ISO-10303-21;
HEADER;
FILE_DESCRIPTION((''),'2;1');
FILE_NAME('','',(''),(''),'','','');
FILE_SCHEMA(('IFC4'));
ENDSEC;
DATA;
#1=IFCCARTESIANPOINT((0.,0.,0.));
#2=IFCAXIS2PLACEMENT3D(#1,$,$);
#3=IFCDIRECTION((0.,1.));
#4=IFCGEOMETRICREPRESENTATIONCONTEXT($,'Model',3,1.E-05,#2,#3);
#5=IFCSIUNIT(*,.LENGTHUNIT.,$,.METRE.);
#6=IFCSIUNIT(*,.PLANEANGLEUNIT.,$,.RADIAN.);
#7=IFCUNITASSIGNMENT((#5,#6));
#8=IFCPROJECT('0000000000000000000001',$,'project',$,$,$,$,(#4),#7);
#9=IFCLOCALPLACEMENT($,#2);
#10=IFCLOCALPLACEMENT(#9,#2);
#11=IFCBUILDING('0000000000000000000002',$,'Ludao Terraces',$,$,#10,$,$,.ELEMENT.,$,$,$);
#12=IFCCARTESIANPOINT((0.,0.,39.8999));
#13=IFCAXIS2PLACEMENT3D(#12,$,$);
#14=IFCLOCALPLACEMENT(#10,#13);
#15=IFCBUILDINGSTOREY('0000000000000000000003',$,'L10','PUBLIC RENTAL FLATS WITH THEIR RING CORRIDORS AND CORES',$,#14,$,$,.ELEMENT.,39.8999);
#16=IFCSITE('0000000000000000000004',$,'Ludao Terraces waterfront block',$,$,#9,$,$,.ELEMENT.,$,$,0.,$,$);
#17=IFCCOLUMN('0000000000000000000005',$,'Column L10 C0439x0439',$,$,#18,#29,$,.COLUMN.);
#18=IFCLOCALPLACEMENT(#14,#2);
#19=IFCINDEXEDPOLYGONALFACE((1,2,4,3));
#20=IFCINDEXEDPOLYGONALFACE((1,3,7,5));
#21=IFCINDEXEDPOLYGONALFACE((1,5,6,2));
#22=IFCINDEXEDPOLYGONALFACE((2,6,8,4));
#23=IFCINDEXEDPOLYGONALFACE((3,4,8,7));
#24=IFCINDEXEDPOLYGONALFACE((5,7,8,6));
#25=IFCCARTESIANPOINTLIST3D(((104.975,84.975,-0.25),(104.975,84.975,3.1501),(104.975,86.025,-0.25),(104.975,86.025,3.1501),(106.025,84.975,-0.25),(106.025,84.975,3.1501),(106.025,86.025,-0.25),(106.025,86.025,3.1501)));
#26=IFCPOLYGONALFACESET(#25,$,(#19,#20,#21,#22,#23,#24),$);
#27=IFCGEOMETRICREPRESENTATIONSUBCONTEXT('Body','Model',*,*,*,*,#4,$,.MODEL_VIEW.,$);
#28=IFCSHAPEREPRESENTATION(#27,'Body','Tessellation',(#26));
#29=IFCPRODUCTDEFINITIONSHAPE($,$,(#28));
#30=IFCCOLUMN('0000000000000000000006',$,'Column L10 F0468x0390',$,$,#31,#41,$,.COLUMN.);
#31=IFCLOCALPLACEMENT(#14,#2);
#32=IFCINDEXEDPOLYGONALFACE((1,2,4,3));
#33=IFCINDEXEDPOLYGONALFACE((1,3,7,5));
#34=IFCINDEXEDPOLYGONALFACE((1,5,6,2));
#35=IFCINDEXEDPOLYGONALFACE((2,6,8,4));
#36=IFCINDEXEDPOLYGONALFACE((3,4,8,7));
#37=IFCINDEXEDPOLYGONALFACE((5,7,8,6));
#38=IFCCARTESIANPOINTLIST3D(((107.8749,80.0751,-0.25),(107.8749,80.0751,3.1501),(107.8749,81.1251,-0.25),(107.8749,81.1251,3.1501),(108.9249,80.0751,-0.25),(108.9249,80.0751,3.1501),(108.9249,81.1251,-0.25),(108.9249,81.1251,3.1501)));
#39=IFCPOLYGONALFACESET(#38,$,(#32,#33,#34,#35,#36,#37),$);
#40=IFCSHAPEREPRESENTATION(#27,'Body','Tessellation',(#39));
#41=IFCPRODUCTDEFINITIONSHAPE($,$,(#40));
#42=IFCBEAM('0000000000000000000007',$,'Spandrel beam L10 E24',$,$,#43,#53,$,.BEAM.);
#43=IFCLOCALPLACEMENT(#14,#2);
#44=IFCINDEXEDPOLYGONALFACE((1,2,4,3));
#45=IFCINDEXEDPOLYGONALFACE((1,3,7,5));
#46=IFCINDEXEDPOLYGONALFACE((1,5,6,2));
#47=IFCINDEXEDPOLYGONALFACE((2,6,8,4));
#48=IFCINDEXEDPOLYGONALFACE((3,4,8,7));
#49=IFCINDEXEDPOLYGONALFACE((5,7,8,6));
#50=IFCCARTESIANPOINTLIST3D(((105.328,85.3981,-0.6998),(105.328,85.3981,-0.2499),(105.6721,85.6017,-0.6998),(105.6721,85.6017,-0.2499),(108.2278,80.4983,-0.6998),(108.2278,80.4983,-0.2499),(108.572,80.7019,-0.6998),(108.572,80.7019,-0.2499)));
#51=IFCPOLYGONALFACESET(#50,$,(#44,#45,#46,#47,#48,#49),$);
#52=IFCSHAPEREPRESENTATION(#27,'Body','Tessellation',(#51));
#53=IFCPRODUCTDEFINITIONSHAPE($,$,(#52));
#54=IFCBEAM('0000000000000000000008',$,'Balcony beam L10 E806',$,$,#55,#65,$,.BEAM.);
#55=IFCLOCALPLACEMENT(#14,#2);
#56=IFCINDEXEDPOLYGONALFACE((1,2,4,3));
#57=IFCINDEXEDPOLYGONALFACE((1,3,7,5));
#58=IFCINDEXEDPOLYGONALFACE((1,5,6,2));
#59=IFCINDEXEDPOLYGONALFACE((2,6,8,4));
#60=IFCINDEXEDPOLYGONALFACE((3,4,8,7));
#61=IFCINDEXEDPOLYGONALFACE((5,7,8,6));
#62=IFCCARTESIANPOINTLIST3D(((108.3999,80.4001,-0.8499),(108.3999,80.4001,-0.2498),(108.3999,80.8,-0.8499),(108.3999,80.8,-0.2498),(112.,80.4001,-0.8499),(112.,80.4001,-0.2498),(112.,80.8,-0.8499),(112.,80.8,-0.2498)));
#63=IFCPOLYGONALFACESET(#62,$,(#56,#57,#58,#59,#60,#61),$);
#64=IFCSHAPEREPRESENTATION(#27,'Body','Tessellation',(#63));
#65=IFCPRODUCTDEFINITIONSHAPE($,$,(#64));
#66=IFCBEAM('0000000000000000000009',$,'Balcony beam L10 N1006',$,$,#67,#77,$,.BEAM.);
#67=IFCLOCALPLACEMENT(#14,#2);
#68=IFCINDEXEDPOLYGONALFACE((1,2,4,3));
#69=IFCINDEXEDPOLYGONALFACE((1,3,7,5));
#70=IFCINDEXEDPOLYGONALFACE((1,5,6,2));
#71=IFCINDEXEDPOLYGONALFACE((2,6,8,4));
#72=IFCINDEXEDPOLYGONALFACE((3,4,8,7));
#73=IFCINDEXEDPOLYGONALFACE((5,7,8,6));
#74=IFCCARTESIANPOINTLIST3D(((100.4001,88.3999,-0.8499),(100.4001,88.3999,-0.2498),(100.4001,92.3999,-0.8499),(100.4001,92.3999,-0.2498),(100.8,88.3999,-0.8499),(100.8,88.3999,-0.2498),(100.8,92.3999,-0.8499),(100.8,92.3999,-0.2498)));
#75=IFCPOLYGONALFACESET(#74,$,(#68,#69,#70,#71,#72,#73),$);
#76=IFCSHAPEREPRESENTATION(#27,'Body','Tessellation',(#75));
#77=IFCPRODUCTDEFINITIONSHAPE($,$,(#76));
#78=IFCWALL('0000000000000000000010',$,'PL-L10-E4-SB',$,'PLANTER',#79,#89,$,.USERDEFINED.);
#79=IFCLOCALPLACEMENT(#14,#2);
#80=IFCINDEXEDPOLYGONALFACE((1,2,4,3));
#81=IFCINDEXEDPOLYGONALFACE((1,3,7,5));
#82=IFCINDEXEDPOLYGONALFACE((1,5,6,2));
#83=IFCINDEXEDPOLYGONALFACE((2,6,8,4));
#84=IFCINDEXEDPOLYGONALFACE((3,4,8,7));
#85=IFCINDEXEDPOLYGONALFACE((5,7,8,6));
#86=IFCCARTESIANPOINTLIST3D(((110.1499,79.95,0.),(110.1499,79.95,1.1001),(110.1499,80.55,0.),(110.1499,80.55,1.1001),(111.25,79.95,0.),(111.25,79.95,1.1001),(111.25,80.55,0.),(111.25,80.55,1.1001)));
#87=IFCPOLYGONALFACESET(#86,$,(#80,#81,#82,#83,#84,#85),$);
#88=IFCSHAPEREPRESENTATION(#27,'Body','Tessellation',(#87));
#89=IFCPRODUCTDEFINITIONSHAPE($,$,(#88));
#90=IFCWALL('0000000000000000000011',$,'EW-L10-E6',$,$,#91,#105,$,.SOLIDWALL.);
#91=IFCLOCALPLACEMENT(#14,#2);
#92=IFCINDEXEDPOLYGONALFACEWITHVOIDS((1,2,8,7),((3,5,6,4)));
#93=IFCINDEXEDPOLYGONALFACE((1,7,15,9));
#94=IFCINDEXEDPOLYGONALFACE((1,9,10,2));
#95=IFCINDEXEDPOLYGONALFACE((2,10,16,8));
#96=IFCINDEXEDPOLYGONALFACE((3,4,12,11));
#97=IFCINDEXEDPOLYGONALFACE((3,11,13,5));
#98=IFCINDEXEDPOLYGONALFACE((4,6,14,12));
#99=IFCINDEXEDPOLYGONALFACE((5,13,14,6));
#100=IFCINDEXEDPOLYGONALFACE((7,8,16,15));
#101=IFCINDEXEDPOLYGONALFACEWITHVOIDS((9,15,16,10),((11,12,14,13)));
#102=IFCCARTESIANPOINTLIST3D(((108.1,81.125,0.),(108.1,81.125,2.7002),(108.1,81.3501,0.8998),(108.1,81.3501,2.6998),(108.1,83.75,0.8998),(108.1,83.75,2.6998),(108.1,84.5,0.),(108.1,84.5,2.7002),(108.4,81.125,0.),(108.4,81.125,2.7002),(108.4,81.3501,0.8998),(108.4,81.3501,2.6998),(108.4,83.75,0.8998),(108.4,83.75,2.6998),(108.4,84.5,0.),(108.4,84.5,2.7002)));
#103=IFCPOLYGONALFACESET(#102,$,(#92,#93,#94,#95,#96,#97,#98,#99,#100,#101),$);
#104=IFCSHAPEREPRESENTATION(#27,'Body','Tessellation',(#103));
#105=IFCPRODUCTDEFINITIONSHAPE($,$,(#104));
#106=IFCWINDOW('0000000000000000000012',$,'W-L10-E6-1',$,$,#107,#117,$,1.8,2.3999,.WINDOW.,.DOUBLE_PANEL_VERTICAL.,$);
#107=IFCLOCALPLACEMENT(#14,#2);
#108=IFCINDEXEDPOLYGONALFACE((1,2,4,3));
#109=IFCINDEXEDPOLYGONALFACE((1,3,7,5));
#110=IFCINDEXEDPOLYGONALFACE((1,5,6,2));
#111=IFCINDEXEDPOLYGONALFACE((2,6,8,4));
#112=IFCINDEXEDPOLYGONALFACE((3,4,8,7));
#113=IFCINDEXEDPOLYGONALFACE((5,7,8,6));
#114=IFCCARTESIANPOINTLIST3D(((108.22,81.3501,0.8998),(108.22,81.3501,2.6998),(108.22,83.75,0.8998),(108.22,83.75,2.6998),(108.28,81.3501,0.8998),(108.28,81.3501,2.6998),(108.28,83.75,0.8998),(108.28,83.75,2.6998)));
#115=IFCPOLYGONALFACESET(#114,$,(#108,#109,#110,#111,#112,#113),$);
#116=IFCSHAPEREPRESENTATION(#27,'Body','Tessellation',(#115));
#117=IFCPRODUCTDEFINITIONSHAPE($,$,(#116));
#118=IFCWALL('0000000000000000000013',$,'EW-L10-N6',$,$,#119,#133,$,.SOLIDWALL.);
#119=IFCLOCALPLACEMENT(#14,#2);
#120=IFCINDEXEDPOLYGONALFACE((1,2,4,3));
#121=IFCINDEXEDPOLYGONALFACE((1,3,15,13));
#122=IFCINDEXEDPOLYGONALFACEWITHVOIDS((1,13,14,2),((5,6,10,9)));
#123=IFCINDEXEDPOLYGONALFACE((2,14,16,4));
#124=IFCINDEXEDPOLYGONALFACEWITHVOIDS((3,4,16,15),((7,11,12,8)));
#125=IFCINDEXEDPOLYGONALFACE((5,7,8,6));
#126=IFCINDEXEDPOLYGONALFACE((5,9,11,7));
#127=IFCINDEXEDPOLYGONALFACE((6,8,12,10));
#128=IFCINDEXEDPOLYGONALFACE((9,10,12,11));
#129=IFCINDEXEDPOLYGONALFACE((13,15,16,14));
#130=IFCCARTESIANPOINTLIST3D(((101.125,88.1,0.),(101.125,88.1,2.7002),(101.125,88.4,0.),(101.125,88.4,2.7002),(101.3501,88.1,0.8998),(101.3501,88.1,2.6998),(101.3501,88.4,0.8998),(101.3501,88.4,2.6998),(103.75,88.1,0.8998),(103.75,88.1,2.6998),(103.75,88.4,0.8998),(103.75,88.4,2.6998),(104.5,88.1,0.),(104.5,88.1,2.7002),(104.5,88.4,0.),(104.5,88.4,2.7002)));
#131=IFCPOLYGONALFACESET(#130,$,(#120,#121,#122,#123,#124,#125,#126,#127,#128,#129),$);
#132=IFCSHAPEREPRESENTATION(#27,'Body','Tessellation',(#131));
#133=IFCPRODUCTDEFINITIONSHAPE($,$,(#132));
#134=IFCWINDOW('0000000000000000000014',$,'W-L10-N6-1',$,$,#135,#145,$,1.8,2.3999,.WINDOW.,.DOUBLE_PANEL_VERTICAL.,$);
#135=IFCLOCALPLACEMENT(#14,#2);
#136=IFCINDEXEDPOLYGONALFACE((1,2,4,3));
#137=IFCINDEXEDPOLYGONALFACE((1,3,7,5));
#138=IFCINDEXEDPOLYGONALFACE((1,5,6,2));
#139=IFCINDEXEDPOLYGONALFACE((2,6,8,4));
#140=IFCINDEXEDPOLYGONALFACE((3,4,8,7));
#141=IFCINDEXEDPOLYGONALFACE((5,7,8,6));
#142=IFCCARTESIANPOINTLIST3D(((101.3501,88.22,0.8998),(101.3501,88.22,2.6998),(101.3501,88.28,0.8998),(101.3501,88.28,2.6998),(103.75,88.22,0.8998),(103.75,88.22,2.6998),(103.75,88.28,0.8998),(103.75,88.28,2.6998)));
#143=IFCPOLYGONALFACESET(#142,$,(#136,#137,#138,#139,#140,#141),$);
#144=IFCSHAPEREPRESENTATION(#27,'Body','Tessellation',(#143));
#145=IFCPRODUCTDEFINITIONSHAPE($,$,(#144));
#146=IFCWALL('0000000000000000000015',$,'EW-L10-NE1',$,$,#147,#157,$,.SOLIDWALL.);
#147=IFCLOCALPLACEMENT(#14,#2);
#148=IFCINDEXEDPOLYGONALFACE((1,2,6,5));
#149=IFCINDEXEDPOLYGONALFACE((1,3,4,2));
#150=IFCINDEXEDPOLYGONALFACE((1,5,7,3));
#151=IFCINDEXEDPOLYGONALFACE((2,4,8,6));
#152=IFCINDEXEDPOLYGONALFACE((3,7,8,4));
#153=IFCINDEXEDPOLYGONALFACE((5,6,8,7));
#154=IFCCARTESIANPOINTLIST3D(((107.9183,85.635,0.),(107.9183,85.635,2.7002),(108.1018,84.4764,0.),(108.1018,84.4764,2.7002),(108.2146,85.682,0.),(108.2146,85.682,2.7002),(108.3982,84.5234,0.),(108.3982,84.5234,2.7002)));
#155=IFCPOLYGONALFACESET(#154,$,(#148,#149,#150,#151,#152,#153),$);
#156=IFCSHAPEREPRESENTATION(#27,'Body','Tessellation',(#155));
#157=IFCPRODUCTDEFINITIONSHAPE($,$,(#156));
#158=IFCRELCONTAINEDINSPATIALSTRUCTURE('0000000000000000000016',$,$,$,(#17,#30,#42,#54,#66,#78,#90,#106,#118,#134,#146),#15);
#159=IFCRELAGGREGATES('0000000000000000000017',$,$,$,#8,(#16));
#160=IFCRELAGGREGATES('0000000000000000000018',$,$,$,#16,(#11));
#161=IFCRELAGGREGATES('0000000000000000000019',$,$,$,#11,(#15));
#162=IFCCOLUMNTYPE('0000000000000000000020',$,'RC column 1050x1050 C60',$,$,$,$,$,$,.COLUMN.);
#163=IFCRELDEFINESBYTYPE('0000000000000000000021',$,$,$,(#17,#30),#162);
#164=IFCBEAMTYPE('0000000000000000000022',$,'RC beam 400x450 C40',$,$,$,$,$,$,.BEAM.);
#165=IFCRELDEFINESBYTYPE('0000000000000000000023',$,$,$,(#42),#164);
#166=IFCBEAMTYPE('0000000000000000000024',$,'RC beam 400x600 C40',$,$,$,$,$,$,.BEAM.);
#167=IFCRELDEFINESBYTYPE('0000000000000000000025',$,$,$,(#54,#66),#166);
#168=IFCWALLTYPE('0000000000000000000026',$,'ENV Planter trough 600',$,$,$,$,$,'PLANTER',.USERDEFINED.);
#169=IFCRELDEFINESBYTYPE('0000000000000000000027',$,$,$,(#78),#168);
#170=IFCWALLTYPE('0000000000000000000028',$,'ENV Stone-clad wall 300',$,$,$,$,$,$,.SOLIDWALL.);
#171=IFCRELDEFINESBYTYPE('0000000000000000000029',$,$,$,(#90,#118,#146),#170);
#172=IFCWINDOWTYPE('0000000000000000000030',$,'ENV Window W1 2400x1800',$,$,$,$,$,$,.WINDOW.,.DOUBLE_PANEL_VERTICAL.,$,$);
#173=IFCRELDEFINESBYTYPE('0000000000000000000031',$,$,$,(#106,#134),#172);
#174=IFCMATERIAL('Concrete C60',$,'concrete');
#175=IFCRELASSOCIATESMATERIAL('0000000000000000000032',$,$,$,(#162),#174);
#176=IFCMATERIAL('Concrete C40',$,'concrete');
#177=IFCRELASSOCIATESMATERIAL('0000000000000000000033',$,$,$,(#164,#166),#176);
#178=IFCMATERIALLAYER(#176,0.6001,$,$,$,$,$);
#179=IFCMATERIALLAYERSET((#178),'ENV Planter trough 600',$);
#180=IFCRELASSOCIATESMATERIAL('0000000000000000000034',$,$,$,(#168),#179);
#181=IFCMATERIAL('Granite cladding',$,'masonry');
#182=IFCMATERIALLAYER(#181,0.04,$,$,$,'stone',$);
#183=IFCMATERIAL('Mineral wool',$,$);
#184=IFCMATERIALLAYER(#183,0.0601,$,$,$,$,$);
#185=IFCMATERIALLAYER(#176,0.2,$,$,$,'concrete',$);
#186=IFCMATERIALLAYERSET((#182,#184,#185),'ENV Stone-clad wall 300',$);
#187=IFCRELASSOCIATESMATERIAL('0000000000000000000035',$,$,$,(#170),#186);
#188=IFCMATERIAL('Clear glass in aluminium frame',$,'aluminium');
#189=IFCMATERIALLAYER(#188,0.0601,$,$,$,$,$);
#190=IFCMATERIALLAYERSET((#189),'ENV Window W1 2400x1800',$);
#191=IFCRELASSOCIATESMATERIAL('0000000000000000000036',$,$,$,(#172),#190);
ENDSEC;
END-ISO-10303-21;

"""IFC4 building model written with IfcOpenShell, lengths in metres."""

from ifc_helpers import new_model, si_unit, direction, frame, frame_2d, origin, origin_2d, place, context, subcontext, project, spatial, rectangle, extrude, material, layer, layer_set, material_profile, profile_set, type_object, element, fill, save


model = new_model("IFC4")

# Units and contexts
model_context = context("Model", 3, precision=1e-05, world=origin(), true_north=direction((0.0, 1.0)))
body_context = subcontext(model_context, "Body", "Model", "MODEL_VIEW")
ifc_project = project(units=[si_unit("LENGTHUNIT", "METRE"), si_unit("PLANEANGLEUNIT", "RADIAN")], contexts=[model_context])

# Site, building, storey
site_placement = place(None, origin())
site = spatial("IfcSite", under=ifc_project, at=site_placement, Name="Ludao Terraces waterfront block", CompositionType="ELEMENT", RefElevation=0.0)
building_placement = place(site_placement, origin())
building = spatial("IfcBuilding", under=site, at=building_placement, Name="Ludao Terraces", CompositionType="ELEMENT")
storey_placement = place(building_placement, frame((0.0, 0.0, 39.8999)))
storey = spatial("IfcBuildingStorey", under=building, at=storey_placement, Name="L10", Description="PUBLIC RENTAL FLATS WITH THEIR RING CORRIDORS AND CORES", CompositionType="ELEMENT", Elevation=39.8999)

# Columns
ifc_material_1 = material(Name="Concrete C60", Category="concrete")
ifc_material_profile_1 = material_profile(ifc_material_1, rectangle(XDim=1.05, YDim=1.05, at=origin_2d()), Name="1050 X 1050")
ifc_profile_set_1 = profile_set([ifc_material_profile_1], Name="Concrete C60")
column_type = type_object("IfcColumnType", Name="RC column 1050x1050 C60", PredefinedType="COLUMN", material=ifc_profile_set_1)
for number, where, z_axis, x_axis, name in (
    (1, (105.5, 85.5, -0.25), (0.0, 0.0, 1.0), (1.0, 0.0, 0.0), "Column L10 C0439x0439"),
    (2, (108.3999, 80.6001, -0.25), (0.0, 0.0, 1.0), (1.0, 0.0, 0.0), "Column L10 F0468x0390"),
):
    element("IfcColumn", number, at=place(storey_placement, frame(where, z_axis=z_axis, x_axis=x_axis)), inside=storey, type_object=column_type, Name=name, PredefinedType="COLUMN", context=body_context, shape_type="SweptSolid", body=[
        extrude(rectangle(XDim=1.05, YDim=1.05, at=origin_2d()), origin(), (0.0, 0.0, 1.0), 3.4001),
    ])

# Beams
ifc_material_2 = material(Name="Concrete C40", Category="concrete")
ifc_material_profile_2 = material_profile(ifc_material_2, rectangle(XDim=0.3999, YDim=0.45, at=origin_2d()), Name="400 X 450")
ifc_profile_set_2 = profile_set([ifc_material_profile_2], Name="Concrete C40")
beam_type_1 = type_object("IfcBeamType", Name="RC beam 400x450 C40", PredefinedType="BEAM", material=ifc_profile_set_2)
beam_1_placement = place(storey_placement, frame((108.3999, 80.6001, -0.4749), z_axis=(-0.509316, 0.86058, 0.0), x_axis=(-0.86058, -0.509316, 0.0)))
element("IfcBeam", 3, at=beam_1_placement, inside=storey, type_object=beam_type_1, Name="Spandrel beam L10 E24", PredefinedType="BEAM", context=body_context, shape_type="SweptSolid", body=[
    extrude(rectangle(XDim=0.3999, YDim=0.45, at=origin_2d()), origin(), (0.0, 0.0, 1.0), 5.6936),
])
ifc_material_profile_3 = material_profile(ifc_material_2, rectangle(XDim=0.3999, YDim=0.6001, at=origin_2d()), Name="400 X 600")
ifc_profile_set_3 = profile_set([ifc_material_profile_3], Name="Concrete C40")
beam_type_2 = type_object("IfcBeamType", Name="RC beam 400x600 C40", PredefinedType="BEAM", material=ifc_profile_set_3)
beam_2_placement = place(storey_placement, frame((108.3999, 80.6001, -0.5498), z_axis=(1.0, 0.0, 0.0), x_axis=(0.0, 1.0, 0.0)))
element("IfcBeam", 4, at=beam_2_placement, inside=storey, type_object=beam_type_2, Name="Balcony beam L10 E806", PredefinedType="BEAM", context=body_context, shape_type="SweptSolid", body=[
    extrude(rectangle(XDim=0.3999, YDim=0.6001, at=origin_2d()), origin(), (0.0, 0.0, 1.0), 3.6001),
])
beam_3_placement = place(storey_placement, frame((100.6001, 88.3999, -0.5498), z_axis=(0.0, 1.0, 0.0), x_axis=(-1.0, 0.0, 0.0)))
element("IfcBeam", 5, at=beam_3_placement, inside=storey, type_object=beam_type_2, Name="Balcony beam L10 N1006", PredefinedType="BEAM", context=body_context, shape_type="SweptSolid", body=[
    extrude(rectangle(XDim=0.3999, YDim=0.6001, at=origin_2d()), origin(), (0.0, 0.0, 1.0), 4.0),
])

# Wall
ifc_layer_1 = layer(ifc_material_2, 0.6001)
ifc_layer_set_1 = layer_set([ifc_layer_1], Name="ENV Planter trough 600")
wall_type_1 = type_object("IfcWallType", Name="ENV Planter trough 600", ElementType="PLANTER", PredefinedType="USERDEFINED", material=ifc_layer_set_1)
wall_1_placement = place(storey_placement, frame((111.25, 80.25, 0.0), z_axis=(0.0, 0.0, 1.0), x_axis=(-1.0, 0.0, 0.0)))
element("IfcWall", 6, at=wall_1_placement, inside=storey, type_object=wall_type_1, Name="PL-L10-E4-SB", ObjectType="PLANTER", PredefinedType="USERDEFINED", context=body_context, shape_type="SweptSolid", body=[
    extrude(rectangle(XDim=1.1001, YDim=0.6001, at=frame_2d((0.55, 0.0))), origin(), (0.0, 0.0, 1.0), 1.1001),
])

# Walls, openings, windows
ifc_material_3 = material(Name="Granite cladding", Category="masonry")
ifc_layer_2 = layer(ifc_material_3, 0.04, Category="stone")
ifc_material_4 = material(Name="Mineral wool")
ifc_layer_3 = layer(ifc_material_4, 0.0601)
ifc_layer_4 = layer(ifc_material_2, 0.2, Category="concrete")
ifc_layer_set_2 = layer_set([ifc_layer_2, ifc_layer_3, ifc_layer_4], Name="ENV Stone-clad wall 300")
wall_type_2 = type_object("IfcWallType", Name="ENV Stone-clad wall 300", PredefinedType="SOLIDWALL", material=ifc_layer_set_2)
wall_2_placement = place(storey_placement, frame((108.25, 81.125, 0.0), z_axis=(0.0, 0.0, 1.0), x_axis=(0.0, 1.0, 0.0)))
wall_2 = element("IfcWall", 7, at=wall_2_placement, inside=storey, type_object=wall_type_2, Name="EW-L10-E6", PredefinedType="SOLIDWALL", context=body_context, shape_type="SweptSolid", body=[
    extrude(rectangle(XDim=3.375, YDim=0.3, at=frame_2d((1.6875, 0.0))), origin(), (0.0, 0.0, 1.0), 2.7002),
])
opening_1_placement = place(wall_2_placement, frame((0.2251, 0.0, 0.8999)))
opening_1 = element("IfcOpeningElement", 8, at=opening_1_placement, cuts=wall_2, PredefinedType="OPENING", context=body_context, shape_type="SweptSolid", body=[
    extrude(rectangle(XDim=2.3999, YDim=1.8, at=frame_2d((1.2, 0.8999))), frame((0.0, 0.1602, 0.0), z_axis=(0.0, -1.0, 0.0), x_axis=(1.0, 0.0, 0.0)), (0.0, 0.0, 1.0), 0.3201),
])
ifc_material_5 = material(Name="Clear glass in aluminium frame", Category="aluminium")
ifc_layer_5 = layer(ifc_material_5, 0.0601)
ifc_layer_set_3 = layer_set([ifc_layer_5], Name="ENV Window W1 2400x1800")
window_type_1 = type_object("IfcWindowType", Name="ENV Window W1 2400x1800", PartitioningType="DOUBLE_PANEL_VERTICAL", PredefinedType="WINDOW", material=ifc_layer_set_3)
window_1_placement = place(opening_1_placement, origin())
window_1 = element("IfcWindow", 9, at=window_1_placement, inside=storey, type_object=window_type_1, Name="W-L10-E6-1", OverallHeight=1.8, OverallWidth=2.3999, PartitioningType="DOUBLE_PANEL_VERTICAL", PredefinedType="WINDOW", context=body_context, shape_type="SweptSolid", body=[
    extrude(rectangle(XDim=2.3999, YDim=1.8, at=frame_2d((1.2, 0.8999))), frame((0.0, 0.03, 0.0), z_axis=(0.0, -1.0, 0.0), x_axis=(1.0, 0.0, 0.0)), (0.0, 0.0, 1.0), 0.0601),
])
fill(opening_1, window_1)
wall_3_placement = place(storey_placement, frame((101.125, 88.25, 0.0), z_axis=(0.0, 0.0, 1.0), x_axis=(1.0, 0.0, 0.0)))
wall_3 = element("IfcWall", 10, at=wall_3_placement, inside=storey, type_object=wall_type_2, Name="EW-L10-N6", PredefinedType="SOLIDWALL", context=body_context, shape_type="SweptSolid", body=[
    extrude(rectangle(XDim=3.375, YDim=0.3, at=frame_2d((1.6875, 0.0))), origin(), (0.0, 0.0, 1.0), 2.7002),
])
opening_2_placement = place(wall_3_placement, frame((0.2251, 0.0, 0.8999)))
opening_2 = element("IfcOpeningElement", 11, at=opening_2_placement, cuts=wall_3, PredefinedType="OPENING", context=body_context, shape_type="SweptSolid", body=[
    extrude(rectangle(XDim=2.3999, YDim=1.8, at=frame_2d((1.2, 0.8999))), frame((0.0, 0.1602, 0.0), z_axis=(0.0, -1.0, 0.0), x_axis=(1.0, 0.0, 0.0)), (0.0, 0.0, 1.0), 0.3201),
])
window_2_placement = place(opening_2_placement, origin())
window_2 = element("IfcWindow", 12, at=window_2_placement, inside=storey, type_object=window_type_1, Name="W-L10-N6-1", OverallHeight=1.8, OverallWidth=2.3999, PartitioningType="DOUBLE_PANEL_VERTICAL", PredefinedType="WINDOW", context=body_context, shape_type="SweptSolid", body=[
    extrude(rectangle(XDim=2.3999, YDim=1.8, at=frame_2d((1.2, 0.8999))), frame((0.0, 0.03, 0.0), z_axis=(0.0, -1.0, 0.0), x_axis=(1.0, 0.0, 0.0)), (0.0, 0.0, 1.0), 0.0601),
])
fill(opening_2, window_2)

# Wall
wall_4_placement = place(storey_placement, frame((108.25, 84.5, 0.0), z_axis=(0.0, 0.0, 1.0), x_axis=(-0.156497, 0.987678, 0.0)))
element("IfcWall", 13, at=wall_4_placement, inside=storey, type_object=wall_type_2, Name="EW-L10-NE1", PredefinedType="SOLIDWALL", context=body_context, shape_type="SweptSolid", body=[
    extrude(rectangle(XDim=1.1731, YDim=0.3, at=frame_2d((0.5864, 0.0))), origin(), (0.0, 0.0, 1.0), 2.7002),
])

save(model, "model.ifc")
